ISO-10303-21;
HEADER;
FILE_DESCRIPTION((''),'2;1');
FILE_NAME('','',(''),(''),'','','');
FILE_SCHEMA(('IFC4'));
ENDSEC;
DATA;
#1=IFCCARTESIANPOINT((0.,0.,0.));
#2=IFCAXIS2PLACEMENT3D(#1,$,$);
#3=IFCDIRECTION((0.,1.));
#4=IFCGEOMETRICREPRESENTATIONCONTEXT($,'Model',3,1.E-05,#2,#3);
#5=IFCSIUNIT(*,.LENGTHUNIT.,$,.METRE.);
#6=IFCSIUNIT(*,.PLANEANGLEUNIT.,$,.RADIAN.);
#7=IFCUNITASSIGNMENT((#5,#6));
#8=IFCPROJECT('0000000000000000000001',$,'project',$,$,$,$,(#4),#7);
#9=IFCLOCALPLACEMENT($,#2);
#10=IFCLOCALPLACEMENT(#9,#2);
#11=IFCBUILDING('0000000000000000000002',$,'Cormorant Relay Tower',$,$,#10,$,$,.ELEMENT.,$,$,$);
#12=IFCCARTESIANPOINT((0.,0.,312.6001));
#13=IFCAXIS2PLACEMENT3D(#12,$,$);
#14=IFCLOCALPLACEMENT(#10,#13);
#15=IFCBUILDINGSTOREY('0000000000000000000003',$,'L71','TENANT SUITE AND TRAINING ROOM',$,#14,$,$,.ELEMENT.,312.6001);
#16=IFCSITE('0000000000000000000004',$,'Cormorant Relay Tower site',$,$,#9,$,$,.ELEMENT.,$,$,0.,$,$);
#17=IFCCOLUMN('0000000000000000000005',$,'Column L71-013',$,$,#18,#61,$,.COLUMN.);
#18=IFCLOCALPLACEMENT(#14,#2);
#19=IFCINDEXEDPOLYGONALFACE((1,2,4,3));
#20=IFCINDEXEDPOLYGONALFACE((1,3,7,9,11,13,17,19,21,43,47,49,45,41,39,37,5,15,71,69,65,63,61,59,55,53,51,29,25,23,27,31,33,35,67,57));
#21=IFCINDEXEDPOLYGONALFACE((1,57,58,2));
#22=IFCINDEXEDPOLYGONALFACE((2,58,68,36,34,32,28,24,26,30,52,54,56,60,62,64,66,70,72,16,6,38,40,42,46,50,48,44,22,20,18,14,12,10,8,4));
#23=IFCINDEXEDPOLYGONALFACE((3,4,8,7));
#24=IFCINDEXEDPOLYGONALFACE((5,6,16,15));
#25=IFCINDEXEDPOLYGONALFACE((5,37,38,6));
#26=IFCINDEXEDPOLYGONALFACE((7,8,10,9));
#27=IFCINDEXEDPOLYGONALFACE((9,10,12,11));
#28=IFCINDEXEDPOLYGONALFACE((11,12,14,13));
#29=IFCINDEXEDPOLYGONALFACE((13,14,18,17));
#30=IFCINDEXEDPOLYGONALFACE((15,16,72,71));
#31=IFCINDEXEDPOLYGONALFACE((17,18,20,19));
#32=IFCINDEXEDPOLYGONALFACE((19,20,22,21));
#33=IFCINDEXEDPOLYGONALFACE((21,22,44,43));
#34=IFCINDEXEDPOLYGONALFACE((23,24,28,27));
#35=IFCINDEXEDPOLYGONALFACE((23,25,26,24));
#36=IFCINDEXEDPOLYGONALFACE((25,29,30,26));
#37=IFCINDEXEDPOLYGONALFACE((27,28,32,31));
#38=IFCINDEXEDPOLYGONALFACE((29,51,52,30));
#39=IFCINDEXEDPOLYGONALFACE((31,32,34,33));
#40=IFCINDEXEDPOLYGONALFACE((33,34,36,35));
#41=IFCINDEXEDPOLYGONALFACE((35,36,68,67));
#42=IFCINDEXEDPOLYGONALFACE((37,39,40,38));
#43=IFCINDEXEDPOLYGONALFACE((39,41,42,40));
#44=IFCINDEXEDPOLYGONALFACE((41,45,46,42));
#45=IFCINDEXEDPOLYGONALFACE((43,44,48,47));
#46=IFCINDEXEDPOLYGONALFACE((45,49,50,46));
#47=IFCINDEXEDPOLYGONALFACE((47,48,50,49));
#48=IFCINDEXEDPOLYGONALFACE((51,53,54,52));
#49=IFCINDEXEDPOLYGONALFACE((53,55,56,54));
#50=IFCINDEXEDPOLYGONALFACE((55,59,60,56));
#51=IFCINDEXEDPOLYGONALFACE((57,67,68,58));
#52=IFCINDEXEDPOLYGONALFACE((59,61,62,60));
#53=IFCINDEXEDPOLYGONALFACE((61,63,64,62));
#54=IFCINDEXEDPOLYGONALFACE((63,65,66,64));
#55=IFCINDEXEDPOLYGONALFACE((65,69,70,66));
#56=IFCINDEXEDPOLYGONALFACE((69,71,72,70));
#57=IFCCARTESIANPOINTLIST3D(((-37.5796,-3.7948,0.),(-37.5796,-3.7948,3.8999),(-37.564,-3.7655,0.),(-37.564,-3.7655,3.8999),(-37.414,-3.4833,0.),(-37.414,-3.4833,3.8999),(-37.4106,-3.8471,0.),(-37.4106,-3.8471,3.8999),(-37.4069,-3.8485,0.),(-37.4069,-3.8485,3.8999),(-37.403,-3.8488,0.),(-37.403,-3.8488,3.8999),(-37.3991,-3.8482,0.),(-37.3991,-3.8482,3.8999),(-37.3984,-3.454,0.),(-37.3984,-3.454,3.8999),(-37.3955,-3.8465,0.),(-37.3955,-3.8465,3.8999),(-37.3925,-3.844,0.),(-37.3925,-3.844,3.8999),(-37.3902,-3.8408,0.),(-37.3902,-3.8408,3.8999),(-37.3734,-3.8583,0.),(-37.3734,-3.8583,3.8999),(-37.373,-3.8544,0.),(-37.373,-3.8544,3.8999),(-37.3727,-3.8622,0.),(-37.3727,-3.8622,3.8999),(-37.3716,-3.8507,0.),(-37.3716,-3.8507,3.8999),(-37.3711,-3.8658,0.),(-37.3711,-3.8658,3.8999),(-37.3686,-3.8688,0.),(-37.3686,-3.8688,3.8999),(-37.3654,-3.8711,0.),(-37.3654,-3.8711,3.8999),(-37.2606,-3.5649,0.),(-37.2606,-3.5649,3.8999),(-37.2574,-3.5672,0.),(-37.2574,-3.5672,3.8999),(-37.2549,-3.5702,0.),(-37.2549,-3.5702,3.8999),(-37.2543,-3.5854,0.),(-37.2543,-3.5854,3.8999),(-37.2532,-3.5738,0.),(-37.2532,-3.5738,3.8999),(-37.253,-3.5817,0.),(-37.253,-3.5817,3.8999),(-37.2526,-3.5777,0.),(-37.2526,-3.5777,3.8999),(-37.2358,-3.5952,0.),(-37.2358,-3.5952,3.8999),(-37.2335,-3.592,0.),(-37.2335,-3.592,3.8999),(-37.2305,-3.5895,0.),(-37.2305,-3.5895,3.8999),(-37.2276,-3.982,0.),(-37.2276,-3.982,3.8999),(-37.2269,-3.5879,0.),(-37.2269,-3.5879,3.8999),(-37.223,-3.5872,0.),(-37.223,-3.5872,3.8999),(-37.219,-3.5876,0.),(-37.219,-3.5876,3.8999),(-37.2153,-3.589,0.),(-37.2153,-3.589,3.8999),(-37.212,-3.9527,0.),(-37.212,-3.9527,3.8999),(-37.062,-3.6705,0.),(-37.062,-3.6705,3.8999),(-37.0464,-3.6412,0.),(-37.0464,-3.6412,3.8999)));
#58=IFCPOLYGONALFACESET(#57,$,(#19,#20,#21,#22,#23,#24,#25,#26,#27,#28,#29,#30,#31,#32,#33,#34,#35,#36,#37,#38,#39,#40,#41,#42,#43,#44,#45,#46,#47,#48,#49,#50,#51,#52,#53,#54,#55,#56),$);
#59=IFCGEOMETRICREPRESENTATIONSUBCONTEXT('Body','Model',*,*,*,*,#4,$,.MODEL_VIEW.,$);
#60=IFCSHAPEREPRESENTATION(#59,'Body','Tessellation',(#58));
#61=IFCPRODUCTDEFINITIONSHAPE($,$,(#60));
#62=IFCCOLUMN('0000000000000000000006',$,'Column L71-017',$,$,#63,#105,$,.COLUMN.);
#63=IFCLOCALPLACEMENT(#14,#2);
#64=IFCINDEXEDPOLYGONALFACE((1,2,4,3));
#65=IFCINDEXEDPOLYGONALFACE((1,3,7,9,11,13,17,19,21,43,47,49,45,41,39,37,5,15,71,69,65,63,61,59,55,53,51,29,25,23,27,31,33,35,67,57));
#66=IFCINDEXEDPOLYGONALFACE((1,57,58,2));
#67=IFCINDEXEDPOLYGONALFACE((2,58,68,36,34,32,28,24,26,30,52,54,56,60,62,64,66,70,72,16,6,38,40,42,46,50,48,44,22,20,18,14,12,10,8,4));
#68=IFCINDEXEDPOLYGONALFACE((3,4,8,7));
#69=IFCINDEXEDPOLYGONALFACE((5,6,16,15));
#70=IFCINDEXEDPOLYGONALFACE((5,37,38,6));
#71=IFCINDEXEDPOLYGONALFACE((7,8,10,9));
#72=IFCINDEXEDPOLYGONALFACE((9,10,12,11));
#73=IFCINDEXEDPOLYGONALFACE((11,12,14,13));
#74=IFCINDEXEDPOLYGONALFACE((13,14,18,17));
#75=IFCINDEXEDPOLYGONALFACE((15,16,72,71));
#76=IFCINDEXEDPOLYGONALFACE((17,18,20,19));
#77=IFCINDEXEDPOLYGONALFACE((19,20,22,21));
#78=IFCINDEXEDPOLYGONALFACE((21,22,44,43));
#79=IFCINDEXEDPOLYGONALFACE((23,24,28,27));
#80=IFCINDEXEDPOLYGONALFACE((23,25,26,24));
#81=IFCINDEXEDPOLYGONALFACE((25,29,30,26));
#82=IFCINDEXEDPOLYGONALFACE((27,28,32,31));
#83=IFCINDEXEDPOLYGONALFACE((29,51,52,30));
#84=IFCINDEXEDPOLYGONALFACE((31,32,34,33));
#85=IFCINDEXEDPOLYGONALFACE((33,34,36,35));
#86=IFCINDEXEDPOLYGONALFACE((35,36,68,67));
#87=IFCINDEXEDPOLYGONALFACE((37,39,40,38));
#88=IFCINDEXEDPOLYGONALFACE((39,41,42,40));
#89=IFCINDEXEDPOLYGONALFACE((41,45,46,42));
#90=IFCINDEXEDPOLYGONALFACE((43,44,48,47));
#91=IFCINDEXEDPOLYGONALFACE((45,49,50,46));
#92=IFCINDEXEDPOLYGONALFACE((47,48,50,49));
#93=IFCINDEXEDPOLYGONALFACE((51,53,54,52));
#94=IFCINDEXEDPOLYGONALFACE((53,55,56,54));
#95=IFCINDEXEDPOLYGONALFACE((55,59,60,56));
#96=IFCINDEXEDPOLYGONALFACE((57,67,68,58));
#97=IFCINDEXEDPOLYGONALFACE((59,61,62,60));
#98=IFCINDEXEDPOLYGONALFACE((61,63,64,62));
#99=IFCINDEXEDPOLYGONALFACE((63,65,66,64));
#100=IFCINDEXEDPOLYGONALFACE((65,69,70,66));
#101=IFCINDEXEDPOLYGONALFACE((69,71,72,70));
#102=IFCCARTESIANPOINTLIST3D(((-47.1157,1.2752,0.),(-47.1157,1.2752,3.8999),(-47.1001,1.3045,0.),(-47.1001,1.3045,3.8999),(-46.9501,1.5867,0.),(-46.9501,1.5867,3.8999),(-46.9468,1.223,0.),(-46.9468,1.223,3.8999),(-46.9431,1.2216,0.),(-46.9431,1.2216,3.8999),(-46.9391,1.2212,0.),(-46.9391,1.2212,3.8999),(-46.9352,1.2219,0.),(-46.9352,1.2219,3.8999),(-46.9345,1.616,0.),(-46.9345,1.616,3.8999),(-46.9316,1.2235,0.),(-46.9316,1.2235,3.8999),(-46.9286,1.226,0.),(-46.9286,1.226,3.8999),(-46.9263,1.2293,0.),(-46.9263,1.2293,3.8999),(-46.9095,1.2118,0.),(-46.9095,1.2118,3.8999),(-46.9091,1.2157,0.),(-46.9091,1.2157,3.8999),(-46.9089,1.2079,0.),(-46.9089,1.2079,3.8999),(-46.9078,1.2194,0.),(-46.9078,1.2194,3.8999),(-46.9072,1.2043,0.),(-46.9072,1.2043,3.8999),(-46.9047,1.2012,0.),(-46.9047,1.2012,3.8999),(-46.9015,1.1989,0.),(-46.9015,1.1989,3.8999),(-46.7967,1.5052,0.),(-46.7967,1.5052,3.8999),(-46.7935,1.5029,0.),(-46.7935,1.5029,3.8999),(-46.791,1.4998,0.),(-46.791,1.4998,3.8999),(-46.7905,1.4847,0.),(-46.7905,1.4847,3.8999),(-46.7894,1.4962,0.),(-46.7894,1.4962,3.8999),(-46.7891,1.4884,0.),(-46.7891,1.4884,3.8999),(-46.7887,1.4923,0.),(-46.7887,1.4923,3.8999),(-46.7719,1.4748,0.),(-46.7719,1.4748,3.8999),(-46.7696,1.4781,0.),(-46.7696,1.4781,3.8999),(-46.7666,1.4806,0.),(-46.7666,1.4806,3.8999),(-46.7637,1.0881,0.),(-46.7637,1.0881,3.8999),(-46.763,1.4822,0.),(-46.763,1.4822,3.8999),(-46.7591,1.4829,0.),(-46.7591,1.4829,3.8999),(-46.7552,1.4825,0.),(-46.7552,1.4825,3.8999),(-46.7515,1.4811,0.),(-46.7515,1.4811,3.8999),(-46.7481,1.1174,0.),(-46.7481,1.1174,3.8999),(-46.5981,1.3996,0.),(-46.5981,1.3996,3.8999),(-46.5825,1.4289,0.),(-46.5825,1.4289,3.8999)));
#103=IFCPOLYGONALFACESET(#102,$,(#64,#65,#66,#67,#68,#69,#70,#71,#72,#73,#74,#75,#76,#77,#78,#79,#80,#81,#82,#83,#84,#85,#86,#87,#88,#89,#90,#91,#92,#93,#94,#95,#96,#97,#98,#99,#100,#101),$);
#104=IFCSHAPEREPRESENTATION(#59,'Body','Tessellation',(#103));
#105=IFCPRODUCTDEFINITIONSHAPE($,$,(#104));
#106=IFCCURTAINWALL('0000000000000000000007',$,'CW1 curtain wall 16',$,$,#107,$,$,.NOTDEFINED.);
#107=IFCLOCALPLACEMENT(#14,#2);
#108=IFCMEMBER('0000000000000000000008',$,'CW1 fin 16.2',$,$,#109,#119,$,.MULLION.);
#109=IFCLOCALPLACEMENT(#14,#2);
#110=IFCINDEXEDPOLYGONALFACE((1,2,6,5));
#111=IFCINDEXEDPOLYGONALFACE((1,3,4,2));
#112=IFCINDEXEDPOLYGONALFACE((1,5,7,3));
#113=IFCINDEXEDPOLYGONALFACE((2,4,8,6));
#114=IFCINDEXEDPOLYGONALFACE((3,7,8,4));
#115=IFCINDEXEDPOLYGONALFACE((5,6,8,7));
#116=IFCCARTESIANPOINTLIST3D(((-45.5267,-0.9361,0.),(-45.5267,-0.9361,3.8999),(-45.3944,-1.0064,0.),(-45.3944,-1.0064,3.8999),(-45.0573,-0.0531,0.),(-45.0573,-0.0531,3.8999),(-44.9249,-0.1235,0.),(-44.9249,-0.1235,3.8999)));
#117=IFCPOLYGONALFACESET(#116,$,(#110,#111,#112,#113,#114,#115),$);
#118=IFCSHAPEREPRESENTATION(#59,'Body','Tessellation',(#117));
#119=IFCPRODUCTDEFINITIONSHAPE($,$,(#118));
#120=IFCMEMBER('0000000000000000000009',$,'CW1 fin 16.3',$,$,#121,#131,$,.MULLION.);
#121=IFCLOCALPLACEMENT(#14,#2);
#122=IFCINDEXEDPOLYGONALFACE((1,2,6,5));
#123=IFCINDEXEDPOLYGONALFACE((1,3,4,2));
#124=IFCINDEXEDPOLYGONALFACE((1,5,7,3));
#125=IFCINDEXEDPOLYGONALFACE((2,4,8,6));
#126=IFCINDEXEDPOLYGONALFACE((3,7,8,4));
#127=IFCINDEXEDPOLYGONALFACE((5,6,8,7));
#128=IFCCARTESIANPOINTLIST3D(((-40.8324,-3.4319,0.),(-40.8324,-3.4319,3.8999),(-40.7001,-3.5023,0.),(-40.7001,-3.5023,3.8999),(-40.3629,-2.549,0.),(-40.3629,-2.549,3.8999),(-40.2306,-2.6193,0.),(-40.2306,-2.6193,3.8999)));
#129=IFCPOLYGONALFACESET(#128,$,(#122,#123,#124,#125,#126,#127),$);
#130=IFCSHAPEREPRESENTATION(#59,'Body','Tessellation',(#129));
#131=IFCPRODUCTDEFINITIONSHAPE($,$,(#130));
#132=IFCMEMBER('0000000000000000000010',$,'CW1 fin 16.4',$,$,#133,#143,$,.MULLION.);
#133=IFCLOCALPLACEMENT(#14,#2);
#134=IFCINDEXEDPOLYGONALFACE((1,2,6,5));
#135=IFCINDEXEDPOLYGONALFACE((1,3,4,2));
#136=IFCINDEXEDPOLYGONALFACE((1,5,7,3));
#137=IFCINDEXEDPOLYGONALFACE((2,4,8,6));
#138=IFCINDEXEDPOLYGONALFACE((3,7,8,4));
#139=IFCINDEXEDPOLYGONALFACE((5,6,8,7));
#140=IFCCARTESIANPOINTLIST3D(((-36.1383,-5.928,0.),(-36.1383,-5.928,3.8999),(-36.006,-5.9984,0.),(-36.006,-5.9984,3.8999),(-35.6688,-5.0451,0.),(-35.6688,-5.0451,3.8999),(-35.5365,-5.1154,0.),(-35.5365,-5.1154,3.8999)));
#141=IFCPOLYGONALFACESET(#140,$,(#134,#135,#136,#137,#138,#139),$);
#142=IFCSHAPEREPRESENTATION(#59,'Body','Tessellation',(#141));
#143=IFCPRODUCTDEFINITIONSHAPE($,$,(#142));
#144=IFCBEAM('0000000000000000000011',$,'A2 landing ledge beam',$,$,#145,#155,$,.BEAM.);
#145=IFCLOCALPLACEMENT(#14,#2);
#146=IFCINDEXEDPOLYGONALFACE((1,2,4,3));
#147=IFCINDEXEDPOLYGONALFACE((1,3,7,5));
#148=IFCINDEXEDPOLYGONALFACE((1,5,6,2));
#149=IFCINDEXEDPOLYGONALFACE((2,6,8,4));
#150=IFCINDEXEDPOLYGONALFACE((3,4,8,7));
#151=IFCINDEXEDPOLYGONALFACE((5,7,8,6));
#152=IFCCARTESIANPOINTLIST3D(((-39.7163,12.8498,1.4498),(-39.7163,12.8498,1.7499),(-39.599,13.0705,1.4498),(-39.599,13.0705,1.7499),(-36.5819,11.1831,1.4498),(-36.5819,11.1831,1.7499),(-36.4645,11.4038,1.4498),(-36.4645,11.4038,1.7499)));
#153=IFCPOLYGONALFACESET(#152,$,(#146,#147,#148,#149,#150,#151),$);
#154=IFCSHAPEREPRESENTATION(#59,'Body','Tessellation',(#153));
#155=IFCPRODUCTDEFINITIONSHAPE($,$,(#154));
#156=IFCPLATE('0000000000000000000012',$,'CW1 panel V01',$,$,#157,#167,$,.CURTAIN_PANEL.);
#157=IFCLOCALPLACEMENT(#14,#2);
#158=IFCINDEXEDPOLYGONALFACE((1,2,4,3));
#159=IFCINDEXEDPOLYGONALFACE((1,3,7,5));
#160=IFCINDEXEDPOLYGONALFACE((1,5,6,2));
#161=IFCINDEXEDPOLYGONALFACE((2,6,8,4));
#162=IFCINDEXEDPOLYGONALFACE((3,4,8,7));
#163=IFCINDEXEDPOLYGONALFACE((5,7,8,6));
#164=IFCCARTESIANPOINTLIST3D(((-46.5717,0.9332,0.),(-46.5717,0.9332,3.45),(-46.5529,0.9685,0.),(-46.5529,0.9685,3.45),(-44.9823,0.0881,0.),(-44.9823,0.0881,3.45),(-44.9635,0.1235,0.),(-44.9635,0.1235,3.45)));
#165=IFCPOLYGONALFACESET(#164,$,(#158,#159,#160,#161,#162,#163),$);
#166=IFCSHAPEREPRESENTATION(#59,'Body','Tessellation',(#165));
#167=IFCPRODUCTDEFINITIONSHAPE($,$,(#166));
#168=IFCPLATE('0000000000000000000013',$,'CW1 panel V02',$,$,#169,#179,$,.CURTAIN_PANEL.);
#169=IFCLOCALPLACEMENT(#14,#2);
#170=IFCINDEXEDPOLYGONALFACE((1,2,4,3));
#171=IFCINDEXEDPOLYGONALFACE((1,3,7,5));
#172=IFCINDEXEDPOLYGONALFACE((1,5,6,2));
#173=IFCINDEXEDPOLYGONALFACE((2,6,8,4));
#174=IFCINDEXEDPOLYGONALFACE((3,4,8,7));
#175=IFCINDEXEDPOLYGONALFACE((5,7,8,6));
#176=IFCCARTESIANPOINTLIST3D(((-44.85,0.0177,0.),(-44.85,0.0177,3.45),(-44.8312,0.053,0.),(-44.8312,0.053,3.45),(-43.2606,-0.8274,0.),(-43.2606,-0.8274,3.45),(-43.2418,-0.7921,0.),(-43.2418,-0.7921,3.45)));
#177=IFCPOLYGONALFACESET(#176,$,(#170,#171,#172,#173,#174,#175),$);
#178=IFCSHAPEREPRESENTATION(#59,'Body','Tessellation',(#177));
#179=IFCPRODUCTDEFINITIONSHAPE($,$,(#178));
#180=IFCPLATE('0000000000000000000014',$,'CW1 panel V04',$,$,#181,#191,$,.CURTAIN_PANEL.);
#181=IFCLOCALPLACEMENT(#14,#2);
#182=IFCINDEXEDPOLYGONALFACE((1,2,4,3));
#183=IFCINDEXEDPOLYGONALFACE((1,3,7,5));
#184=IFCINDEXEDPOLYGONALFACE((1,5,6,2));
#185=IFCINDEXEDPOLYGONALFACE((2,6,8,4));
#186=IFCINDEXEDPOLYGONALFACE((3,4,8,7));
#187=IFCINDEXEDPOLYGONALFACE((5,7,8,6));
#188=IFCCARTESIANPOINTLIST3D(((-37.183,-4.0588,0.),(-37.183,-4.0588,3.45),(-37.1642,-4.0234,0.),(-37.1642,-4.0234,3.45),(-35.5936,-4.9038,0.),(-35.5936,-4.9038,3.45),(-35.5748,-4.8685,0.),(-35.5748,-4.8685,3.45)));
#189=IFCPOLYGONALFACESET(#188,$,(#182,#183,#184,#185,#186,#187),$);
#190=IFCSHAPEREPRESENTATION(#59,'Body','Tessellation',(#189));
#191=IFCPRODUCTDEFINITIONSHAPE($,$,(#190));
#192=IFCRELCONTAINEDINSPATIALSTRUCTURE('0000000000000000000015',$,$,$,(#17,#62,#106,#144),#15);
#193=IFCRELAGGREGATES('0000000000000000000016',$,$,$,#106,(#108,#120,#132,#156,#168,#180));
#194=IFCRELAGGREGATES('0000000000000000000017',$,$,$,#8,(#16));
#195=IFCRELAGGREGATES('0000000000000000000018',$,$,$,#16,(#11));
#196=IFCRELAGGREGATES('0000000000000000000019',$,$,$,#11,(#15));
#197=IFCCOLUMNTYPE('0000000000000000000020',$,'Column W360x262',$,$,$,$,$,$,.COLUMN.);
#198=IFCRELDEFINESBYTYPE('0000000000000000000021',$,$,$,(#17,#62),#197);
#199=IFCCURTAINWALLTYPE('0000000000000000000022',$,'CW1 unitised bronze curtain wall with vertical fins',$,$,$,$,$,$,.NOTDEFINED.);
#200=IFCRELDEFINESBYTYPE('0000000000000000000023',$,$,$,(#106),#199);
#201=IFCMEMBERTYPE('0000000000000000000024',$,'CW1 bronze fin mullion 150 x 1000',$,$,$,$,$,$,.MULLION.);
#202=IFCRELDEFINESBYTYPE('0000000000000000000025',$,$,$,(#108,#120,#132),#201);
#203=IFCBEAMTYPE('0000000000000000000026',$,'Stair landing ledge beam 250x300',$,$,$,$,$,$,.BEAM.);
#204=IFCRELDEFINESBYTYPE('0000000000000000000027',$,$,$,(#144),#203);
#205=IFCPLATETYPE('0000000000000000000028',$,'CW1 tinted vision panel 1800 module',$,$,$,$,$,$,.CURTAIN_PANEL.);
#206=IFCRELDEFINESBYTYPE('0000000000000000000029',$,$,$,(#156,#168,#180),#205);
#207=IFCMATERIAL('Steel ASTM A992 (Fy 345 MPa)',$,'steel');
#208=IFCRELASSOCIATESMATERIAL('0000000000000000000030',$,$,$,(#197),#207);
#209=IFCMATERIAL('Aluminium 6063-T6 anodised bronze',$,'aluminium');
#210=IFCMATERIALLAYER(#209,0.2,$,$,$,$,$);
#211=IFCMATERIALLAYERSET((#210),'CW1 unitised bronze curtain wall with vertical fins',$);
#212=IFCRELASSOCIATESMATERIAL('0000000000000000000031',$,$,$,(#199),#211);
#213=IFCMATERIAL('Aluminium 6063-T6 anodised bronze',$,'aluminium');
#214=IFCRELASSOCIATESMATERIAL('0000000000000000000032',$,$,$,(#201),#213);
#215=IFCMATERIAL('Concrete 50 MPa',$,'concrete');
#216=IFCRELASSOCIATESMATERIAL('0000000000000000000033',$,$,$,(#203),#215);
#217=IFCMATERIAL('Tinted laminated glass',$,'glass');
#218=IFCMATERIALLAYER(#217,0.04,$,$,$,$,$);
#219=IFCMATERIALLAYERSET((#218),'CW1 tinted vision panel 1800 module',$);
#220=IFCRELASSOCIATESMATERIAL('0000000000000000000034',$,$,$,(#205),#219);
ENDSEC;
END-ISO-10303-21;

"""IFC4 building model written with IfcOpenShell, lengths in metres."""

from ifc_helpers import new_model, si_unit, direction, frame, origin, origin_2d, place, context, subcontext, project, spatial, rectangle, i_section, extrude, material, layer, layer_set, material_profile, profile_set, type_object, element, aggregate, save


model = new_model("IFC4")

# Units and contexts
model_context = context("Model", 3, precision=1e-05, world=origin(), true_north=direction((0.0, 1.0)))
body_context = subcontext(model_context, "Body", "Model", "MODEL_VIEW")
ifc_project = project(units=[si_unit("LENGTHUNIT", "METRE"), si_unit("PLANEANGLEUNIT", "RADIAN")], contexts=[model_context])

# Site, building, storey
site_placement = place(None, origin())
site = spatial("IfcSite", under=ifc_project, at=site_placement, Name="Cormorant Relay Tower site", CompositionType="ELEMENT", RefElevation=0.0)
building_placement = place(site_placement, origin())
building = spatial("IfcBuilding", under=site, at=building_placement, Name="Cormorant Relay Tower", CompositionType="ELEMENT")
storey_placement = place(building_placement, frame((0.0, 0.0, 312.6001)))
storey = spatial("IfcBuildingStorey", under=building, at=storey_placement, Name="L71", Description="TENANT SUITE AND TRAINING ROOM", CompositionType="ELEMENT", Elevation=312.6001)

# Columns
ifc_material_1 = material(Name="Steel ASTM A992 (Fy 345 MPa)", Category="steel")
ifc_material_profile_1 = material_profile(ifc_material_1, i_section(OverallWidth=0.3987, OverallDepth=0.386, WebThickness=0.021, FlangeThickness=0.0332, FilletRadius=0.0151, at=origin_2d()), Name="W360x262")
ifc_profile_set_1 = profile_set([ifc_material_profile_1], Name="Steel ASTM A992 (Fy 345 MPa)")
column_type = type_object("IfcColumnType", Name="Column W360x262", PredefinedType="COLUMN", material=ifc_profile_set_1)
for number, where, z_axis, x_axis, name in (
    (1, (-37.313, -3.718, 0.0), (0.0, 0.0, 1.0), (0.882948, -0.469472, 0.0), "Column L71-013"),
    (2, (-46.8491, 1.3521, 0.0), (0.0, 0.0, 1.0), (0.882948, -0.469472, 0.0), "Column L71-017"),
):
    element("IfcColumn", number, at=place(storey_placement, frame(where, z_axis=z_axis, x_axis=x_axis)), inside=storey, type_object=column_type, Name=name, PredefinedType="COLUMN", context=body_context, shape_type="SweptSolid", body=[
        extrude(i_section(OverallWidth=0.3987, OverallDepth=0.386, WebThickness=0.021, FlangeThickness=0.0332, FilletRadius=0.0151, at=origin_2d()), origin(), (0.0, 0.0, 1.0), 3.8999),
    ])

# Curtain wall, members
ifc_material_2 = material(Name="Aluminium 6063-T6 anodised bronze", Category="aluminium")
ifc_layer_1 = layer(ifc_material_2, 0.2)
ifc_layer_set_1 = layer_set([ifc_layer_1], Name="CW1 unitised bronze curtain wall with vertical fins")
curtain_wall_type = type_object("IfcCurtainWallType", Name="CW1 unitised bronze curtain wall with vertical fins", PredefinedType="NOTDEFINED", material=ifc_layer_set_1)
curtain_wall_placement = place(storey_placement, origin())
curtain_wall = element("IfcCurtainWall", 3, at=curtain_wall_placement, inside=storey, type_object=curtain_wall_type, Name="CW1 curtain wall 16", PredefinedType="NOTDEFINED")
ifc_material_3 = material(Name="Aluminium 6063-T6 anodised bronze", Category="aluminium")
ifc_material_profile_2 = material_profile(ifc_material_3, rectangle(XDim=0.1499, YDim=1.0, at=origin_2d()), Name="AL 150x1000")
ifc_profile_set_2 = profile_set([ifc_material_profile_2], Name="Aluminium 6063-T6 anodised bronze")
member_type = type_object("IfcMemberType", Name="CW1 bronze fin mullion 150 x 1000", PredefinedType="MULLION", material=ifc_profile_set_2)
member_1_placement = place(storey_placement, frame((-45.2258, -0.5298, 0.0), z_axis=(0.0, 0.0, 1.0), x_axis=(0.882948, -0.469472, 0.0)))
member_1 = element("IfcMember", 4, at=member_1_placement, type_object=member_type, Name="CW1 fin 16.2", PredefinedType="MULLION", context=body_context, shape_type="SweptSolid", body=[
    extrude(rectangle(XDim=0.1499, YDim=1.0, at=origin_2d()), origin(), (0.0, 0.0, 1.0), 3.8999),
])
member_2_placement = place(storey_placement, frame((-40.5315, -3.0256, 0.0), z_axis=(0.0, 0.0, 1.0), x_axis=(0.882948, -0.469472, 0.0)))
member_2 = element("IfcMember", 5, at=member_2_placement, type_object=member_type, Name="CW1 fin 16.3", PredefinedType="MULLION", context=body_context, shape_type="SweptSolid", body=[
    extrude(rectangle(XDim=0.1499, YDim=1.0, at=origin_2d()), origin(), (0.0, 0.0, 1.0), 3.8999),
])
member_3_placement = place(storey_placement, frame((-35.8374, -5.5217, 0.0), z_axis=(0.0, 0.0, 1.0), x_axis=(0.882948, -0.469472, 0.0)))
member_3 = element("IfcMember", 6, at=member_3_placement, type_object=member_type, Name="CW1 fin 16.4", PredefinedType="MULLION", context=body_context, shape_type="SweptSolid", body=[
    extrude(rectangle(XDim=0.1499, YDim=1.0, at=origin_2d()), origin(), (0.0, 0.0, 1.0), 3.8999),
])

# Beam
ifc_material_4 = material(Name="Concrete 50 MPa", Category="concrete")
ifc_material_profile_3 = material_profile(ifc_material_4, rectangle(XDim=0.25, YDim=0.3, at=origin_2d()), Name="RC 250x300")
ifc_profile_set_3 = profile_set([ifc_material_profile_3], Name="Concrete 50 MPa")
beam_type = type_object("IfcBeamType", Name="Stair landing ledge beam 250x300", PredefinedType="BEAM", material=ifc_profile_set_3)
beam_placement = place(storey_placement, frame((-36.5232, 11.2935, 1.5999), z_axis=(-0.882937, 0.469492, 0.0), x_axis=(-0.469492, -0.882937, 0.0)))
element("IfcBeam", 7, at=beam_placement, inside=storey, type_object=beam_type, Name="A2 landing ledge beam", PredefinedType="BEAM", context=body_context, shape_type="SweptSolid", body=[
    extrude(rectangle(XDim=0.25, YDim=0.3, at=origin_2d()), origin(), (0.0, 0.0, 1.0), 3.55),
])

# Plates
ifc_material_5 = material(Name="Tinted laminated glass", Category="glass")
ifc_layer_2 = layer(ifc_material_5, 0.04)
ifc_layer_set_2 = layer_set([ifc_layer_2], Name="CW1 tinted vision panel 1800 module")
plate_type = type_object("IfcPlateType", Name="CW1 tinted vision panel 1800 module", PredefinedType="CURTAIN_PANEL", material=ifc_layer_set_2)
plate_1_placement = place(storey_placement, frame((-45.7676, 0.5283, 0.0), z_axis=(0.0, 0.0, 1.0), x_axis=(0.882948, -0.469472, 0.0)))
plate_1 = element("IfcPlate", 8, at=plate_1_placement, type_object=plate_type, Name="CW1 panel V01", PredefinedType="CURTAIN_PANEL", context=body_context, shape_type="SweptSolid", body=[
    extrude(rectangle(XDim=1.8, YDim=0.04, at=origin_2d()), origin(), (0.0, 0.0, 1.0), 3.45),
])
plate_2_placement = place(storey_placement, frame((-44.0459, -0.3872, 0.0), z_axis=(0.0, 0.0, 1.0), x_axis=(0.882948, -0.469472, 0.0)))
plate_2 = element("IfcPlate", 9, at=plate_2_placement, type_object=plate_type, Name="CW1 panel V02", PredefinedType="CURTAIN_PANEL", context=body_context, shape_type="SweptSolid", body=[
    extrude(rectangle(XDim=1.8, YDim=0.04, at=origin_2d()), origin(), (0.0, 0.0, 1.0), 3.45),
])
plate_3_placement = place(storey_placement, frame((-36.3789, -4.4636, 0.0), z_axis=(0.0, 0.0, 1.0), x_axis=(0.882948, -0.469472, 0.0)))
plate_3 = element("IfcPlate", 10, at=plate_3_placement, type_object=plate_type, Name="CW1 panel V04", PredefinedType="CURTAIN_PANEL", context=body_context, shape_type="SweptSolid", body=[
    extrude(rectangle(XDim=1.8, YDim=0.04, at=origin_2d()), origin(), (0.0, 0.0, 1.0), 3.45),
])

aggregate(curtain_wall, [member_1, member_2, member_3, plate_1, plate_2, plate_3])

save(model, "model.ifc")
